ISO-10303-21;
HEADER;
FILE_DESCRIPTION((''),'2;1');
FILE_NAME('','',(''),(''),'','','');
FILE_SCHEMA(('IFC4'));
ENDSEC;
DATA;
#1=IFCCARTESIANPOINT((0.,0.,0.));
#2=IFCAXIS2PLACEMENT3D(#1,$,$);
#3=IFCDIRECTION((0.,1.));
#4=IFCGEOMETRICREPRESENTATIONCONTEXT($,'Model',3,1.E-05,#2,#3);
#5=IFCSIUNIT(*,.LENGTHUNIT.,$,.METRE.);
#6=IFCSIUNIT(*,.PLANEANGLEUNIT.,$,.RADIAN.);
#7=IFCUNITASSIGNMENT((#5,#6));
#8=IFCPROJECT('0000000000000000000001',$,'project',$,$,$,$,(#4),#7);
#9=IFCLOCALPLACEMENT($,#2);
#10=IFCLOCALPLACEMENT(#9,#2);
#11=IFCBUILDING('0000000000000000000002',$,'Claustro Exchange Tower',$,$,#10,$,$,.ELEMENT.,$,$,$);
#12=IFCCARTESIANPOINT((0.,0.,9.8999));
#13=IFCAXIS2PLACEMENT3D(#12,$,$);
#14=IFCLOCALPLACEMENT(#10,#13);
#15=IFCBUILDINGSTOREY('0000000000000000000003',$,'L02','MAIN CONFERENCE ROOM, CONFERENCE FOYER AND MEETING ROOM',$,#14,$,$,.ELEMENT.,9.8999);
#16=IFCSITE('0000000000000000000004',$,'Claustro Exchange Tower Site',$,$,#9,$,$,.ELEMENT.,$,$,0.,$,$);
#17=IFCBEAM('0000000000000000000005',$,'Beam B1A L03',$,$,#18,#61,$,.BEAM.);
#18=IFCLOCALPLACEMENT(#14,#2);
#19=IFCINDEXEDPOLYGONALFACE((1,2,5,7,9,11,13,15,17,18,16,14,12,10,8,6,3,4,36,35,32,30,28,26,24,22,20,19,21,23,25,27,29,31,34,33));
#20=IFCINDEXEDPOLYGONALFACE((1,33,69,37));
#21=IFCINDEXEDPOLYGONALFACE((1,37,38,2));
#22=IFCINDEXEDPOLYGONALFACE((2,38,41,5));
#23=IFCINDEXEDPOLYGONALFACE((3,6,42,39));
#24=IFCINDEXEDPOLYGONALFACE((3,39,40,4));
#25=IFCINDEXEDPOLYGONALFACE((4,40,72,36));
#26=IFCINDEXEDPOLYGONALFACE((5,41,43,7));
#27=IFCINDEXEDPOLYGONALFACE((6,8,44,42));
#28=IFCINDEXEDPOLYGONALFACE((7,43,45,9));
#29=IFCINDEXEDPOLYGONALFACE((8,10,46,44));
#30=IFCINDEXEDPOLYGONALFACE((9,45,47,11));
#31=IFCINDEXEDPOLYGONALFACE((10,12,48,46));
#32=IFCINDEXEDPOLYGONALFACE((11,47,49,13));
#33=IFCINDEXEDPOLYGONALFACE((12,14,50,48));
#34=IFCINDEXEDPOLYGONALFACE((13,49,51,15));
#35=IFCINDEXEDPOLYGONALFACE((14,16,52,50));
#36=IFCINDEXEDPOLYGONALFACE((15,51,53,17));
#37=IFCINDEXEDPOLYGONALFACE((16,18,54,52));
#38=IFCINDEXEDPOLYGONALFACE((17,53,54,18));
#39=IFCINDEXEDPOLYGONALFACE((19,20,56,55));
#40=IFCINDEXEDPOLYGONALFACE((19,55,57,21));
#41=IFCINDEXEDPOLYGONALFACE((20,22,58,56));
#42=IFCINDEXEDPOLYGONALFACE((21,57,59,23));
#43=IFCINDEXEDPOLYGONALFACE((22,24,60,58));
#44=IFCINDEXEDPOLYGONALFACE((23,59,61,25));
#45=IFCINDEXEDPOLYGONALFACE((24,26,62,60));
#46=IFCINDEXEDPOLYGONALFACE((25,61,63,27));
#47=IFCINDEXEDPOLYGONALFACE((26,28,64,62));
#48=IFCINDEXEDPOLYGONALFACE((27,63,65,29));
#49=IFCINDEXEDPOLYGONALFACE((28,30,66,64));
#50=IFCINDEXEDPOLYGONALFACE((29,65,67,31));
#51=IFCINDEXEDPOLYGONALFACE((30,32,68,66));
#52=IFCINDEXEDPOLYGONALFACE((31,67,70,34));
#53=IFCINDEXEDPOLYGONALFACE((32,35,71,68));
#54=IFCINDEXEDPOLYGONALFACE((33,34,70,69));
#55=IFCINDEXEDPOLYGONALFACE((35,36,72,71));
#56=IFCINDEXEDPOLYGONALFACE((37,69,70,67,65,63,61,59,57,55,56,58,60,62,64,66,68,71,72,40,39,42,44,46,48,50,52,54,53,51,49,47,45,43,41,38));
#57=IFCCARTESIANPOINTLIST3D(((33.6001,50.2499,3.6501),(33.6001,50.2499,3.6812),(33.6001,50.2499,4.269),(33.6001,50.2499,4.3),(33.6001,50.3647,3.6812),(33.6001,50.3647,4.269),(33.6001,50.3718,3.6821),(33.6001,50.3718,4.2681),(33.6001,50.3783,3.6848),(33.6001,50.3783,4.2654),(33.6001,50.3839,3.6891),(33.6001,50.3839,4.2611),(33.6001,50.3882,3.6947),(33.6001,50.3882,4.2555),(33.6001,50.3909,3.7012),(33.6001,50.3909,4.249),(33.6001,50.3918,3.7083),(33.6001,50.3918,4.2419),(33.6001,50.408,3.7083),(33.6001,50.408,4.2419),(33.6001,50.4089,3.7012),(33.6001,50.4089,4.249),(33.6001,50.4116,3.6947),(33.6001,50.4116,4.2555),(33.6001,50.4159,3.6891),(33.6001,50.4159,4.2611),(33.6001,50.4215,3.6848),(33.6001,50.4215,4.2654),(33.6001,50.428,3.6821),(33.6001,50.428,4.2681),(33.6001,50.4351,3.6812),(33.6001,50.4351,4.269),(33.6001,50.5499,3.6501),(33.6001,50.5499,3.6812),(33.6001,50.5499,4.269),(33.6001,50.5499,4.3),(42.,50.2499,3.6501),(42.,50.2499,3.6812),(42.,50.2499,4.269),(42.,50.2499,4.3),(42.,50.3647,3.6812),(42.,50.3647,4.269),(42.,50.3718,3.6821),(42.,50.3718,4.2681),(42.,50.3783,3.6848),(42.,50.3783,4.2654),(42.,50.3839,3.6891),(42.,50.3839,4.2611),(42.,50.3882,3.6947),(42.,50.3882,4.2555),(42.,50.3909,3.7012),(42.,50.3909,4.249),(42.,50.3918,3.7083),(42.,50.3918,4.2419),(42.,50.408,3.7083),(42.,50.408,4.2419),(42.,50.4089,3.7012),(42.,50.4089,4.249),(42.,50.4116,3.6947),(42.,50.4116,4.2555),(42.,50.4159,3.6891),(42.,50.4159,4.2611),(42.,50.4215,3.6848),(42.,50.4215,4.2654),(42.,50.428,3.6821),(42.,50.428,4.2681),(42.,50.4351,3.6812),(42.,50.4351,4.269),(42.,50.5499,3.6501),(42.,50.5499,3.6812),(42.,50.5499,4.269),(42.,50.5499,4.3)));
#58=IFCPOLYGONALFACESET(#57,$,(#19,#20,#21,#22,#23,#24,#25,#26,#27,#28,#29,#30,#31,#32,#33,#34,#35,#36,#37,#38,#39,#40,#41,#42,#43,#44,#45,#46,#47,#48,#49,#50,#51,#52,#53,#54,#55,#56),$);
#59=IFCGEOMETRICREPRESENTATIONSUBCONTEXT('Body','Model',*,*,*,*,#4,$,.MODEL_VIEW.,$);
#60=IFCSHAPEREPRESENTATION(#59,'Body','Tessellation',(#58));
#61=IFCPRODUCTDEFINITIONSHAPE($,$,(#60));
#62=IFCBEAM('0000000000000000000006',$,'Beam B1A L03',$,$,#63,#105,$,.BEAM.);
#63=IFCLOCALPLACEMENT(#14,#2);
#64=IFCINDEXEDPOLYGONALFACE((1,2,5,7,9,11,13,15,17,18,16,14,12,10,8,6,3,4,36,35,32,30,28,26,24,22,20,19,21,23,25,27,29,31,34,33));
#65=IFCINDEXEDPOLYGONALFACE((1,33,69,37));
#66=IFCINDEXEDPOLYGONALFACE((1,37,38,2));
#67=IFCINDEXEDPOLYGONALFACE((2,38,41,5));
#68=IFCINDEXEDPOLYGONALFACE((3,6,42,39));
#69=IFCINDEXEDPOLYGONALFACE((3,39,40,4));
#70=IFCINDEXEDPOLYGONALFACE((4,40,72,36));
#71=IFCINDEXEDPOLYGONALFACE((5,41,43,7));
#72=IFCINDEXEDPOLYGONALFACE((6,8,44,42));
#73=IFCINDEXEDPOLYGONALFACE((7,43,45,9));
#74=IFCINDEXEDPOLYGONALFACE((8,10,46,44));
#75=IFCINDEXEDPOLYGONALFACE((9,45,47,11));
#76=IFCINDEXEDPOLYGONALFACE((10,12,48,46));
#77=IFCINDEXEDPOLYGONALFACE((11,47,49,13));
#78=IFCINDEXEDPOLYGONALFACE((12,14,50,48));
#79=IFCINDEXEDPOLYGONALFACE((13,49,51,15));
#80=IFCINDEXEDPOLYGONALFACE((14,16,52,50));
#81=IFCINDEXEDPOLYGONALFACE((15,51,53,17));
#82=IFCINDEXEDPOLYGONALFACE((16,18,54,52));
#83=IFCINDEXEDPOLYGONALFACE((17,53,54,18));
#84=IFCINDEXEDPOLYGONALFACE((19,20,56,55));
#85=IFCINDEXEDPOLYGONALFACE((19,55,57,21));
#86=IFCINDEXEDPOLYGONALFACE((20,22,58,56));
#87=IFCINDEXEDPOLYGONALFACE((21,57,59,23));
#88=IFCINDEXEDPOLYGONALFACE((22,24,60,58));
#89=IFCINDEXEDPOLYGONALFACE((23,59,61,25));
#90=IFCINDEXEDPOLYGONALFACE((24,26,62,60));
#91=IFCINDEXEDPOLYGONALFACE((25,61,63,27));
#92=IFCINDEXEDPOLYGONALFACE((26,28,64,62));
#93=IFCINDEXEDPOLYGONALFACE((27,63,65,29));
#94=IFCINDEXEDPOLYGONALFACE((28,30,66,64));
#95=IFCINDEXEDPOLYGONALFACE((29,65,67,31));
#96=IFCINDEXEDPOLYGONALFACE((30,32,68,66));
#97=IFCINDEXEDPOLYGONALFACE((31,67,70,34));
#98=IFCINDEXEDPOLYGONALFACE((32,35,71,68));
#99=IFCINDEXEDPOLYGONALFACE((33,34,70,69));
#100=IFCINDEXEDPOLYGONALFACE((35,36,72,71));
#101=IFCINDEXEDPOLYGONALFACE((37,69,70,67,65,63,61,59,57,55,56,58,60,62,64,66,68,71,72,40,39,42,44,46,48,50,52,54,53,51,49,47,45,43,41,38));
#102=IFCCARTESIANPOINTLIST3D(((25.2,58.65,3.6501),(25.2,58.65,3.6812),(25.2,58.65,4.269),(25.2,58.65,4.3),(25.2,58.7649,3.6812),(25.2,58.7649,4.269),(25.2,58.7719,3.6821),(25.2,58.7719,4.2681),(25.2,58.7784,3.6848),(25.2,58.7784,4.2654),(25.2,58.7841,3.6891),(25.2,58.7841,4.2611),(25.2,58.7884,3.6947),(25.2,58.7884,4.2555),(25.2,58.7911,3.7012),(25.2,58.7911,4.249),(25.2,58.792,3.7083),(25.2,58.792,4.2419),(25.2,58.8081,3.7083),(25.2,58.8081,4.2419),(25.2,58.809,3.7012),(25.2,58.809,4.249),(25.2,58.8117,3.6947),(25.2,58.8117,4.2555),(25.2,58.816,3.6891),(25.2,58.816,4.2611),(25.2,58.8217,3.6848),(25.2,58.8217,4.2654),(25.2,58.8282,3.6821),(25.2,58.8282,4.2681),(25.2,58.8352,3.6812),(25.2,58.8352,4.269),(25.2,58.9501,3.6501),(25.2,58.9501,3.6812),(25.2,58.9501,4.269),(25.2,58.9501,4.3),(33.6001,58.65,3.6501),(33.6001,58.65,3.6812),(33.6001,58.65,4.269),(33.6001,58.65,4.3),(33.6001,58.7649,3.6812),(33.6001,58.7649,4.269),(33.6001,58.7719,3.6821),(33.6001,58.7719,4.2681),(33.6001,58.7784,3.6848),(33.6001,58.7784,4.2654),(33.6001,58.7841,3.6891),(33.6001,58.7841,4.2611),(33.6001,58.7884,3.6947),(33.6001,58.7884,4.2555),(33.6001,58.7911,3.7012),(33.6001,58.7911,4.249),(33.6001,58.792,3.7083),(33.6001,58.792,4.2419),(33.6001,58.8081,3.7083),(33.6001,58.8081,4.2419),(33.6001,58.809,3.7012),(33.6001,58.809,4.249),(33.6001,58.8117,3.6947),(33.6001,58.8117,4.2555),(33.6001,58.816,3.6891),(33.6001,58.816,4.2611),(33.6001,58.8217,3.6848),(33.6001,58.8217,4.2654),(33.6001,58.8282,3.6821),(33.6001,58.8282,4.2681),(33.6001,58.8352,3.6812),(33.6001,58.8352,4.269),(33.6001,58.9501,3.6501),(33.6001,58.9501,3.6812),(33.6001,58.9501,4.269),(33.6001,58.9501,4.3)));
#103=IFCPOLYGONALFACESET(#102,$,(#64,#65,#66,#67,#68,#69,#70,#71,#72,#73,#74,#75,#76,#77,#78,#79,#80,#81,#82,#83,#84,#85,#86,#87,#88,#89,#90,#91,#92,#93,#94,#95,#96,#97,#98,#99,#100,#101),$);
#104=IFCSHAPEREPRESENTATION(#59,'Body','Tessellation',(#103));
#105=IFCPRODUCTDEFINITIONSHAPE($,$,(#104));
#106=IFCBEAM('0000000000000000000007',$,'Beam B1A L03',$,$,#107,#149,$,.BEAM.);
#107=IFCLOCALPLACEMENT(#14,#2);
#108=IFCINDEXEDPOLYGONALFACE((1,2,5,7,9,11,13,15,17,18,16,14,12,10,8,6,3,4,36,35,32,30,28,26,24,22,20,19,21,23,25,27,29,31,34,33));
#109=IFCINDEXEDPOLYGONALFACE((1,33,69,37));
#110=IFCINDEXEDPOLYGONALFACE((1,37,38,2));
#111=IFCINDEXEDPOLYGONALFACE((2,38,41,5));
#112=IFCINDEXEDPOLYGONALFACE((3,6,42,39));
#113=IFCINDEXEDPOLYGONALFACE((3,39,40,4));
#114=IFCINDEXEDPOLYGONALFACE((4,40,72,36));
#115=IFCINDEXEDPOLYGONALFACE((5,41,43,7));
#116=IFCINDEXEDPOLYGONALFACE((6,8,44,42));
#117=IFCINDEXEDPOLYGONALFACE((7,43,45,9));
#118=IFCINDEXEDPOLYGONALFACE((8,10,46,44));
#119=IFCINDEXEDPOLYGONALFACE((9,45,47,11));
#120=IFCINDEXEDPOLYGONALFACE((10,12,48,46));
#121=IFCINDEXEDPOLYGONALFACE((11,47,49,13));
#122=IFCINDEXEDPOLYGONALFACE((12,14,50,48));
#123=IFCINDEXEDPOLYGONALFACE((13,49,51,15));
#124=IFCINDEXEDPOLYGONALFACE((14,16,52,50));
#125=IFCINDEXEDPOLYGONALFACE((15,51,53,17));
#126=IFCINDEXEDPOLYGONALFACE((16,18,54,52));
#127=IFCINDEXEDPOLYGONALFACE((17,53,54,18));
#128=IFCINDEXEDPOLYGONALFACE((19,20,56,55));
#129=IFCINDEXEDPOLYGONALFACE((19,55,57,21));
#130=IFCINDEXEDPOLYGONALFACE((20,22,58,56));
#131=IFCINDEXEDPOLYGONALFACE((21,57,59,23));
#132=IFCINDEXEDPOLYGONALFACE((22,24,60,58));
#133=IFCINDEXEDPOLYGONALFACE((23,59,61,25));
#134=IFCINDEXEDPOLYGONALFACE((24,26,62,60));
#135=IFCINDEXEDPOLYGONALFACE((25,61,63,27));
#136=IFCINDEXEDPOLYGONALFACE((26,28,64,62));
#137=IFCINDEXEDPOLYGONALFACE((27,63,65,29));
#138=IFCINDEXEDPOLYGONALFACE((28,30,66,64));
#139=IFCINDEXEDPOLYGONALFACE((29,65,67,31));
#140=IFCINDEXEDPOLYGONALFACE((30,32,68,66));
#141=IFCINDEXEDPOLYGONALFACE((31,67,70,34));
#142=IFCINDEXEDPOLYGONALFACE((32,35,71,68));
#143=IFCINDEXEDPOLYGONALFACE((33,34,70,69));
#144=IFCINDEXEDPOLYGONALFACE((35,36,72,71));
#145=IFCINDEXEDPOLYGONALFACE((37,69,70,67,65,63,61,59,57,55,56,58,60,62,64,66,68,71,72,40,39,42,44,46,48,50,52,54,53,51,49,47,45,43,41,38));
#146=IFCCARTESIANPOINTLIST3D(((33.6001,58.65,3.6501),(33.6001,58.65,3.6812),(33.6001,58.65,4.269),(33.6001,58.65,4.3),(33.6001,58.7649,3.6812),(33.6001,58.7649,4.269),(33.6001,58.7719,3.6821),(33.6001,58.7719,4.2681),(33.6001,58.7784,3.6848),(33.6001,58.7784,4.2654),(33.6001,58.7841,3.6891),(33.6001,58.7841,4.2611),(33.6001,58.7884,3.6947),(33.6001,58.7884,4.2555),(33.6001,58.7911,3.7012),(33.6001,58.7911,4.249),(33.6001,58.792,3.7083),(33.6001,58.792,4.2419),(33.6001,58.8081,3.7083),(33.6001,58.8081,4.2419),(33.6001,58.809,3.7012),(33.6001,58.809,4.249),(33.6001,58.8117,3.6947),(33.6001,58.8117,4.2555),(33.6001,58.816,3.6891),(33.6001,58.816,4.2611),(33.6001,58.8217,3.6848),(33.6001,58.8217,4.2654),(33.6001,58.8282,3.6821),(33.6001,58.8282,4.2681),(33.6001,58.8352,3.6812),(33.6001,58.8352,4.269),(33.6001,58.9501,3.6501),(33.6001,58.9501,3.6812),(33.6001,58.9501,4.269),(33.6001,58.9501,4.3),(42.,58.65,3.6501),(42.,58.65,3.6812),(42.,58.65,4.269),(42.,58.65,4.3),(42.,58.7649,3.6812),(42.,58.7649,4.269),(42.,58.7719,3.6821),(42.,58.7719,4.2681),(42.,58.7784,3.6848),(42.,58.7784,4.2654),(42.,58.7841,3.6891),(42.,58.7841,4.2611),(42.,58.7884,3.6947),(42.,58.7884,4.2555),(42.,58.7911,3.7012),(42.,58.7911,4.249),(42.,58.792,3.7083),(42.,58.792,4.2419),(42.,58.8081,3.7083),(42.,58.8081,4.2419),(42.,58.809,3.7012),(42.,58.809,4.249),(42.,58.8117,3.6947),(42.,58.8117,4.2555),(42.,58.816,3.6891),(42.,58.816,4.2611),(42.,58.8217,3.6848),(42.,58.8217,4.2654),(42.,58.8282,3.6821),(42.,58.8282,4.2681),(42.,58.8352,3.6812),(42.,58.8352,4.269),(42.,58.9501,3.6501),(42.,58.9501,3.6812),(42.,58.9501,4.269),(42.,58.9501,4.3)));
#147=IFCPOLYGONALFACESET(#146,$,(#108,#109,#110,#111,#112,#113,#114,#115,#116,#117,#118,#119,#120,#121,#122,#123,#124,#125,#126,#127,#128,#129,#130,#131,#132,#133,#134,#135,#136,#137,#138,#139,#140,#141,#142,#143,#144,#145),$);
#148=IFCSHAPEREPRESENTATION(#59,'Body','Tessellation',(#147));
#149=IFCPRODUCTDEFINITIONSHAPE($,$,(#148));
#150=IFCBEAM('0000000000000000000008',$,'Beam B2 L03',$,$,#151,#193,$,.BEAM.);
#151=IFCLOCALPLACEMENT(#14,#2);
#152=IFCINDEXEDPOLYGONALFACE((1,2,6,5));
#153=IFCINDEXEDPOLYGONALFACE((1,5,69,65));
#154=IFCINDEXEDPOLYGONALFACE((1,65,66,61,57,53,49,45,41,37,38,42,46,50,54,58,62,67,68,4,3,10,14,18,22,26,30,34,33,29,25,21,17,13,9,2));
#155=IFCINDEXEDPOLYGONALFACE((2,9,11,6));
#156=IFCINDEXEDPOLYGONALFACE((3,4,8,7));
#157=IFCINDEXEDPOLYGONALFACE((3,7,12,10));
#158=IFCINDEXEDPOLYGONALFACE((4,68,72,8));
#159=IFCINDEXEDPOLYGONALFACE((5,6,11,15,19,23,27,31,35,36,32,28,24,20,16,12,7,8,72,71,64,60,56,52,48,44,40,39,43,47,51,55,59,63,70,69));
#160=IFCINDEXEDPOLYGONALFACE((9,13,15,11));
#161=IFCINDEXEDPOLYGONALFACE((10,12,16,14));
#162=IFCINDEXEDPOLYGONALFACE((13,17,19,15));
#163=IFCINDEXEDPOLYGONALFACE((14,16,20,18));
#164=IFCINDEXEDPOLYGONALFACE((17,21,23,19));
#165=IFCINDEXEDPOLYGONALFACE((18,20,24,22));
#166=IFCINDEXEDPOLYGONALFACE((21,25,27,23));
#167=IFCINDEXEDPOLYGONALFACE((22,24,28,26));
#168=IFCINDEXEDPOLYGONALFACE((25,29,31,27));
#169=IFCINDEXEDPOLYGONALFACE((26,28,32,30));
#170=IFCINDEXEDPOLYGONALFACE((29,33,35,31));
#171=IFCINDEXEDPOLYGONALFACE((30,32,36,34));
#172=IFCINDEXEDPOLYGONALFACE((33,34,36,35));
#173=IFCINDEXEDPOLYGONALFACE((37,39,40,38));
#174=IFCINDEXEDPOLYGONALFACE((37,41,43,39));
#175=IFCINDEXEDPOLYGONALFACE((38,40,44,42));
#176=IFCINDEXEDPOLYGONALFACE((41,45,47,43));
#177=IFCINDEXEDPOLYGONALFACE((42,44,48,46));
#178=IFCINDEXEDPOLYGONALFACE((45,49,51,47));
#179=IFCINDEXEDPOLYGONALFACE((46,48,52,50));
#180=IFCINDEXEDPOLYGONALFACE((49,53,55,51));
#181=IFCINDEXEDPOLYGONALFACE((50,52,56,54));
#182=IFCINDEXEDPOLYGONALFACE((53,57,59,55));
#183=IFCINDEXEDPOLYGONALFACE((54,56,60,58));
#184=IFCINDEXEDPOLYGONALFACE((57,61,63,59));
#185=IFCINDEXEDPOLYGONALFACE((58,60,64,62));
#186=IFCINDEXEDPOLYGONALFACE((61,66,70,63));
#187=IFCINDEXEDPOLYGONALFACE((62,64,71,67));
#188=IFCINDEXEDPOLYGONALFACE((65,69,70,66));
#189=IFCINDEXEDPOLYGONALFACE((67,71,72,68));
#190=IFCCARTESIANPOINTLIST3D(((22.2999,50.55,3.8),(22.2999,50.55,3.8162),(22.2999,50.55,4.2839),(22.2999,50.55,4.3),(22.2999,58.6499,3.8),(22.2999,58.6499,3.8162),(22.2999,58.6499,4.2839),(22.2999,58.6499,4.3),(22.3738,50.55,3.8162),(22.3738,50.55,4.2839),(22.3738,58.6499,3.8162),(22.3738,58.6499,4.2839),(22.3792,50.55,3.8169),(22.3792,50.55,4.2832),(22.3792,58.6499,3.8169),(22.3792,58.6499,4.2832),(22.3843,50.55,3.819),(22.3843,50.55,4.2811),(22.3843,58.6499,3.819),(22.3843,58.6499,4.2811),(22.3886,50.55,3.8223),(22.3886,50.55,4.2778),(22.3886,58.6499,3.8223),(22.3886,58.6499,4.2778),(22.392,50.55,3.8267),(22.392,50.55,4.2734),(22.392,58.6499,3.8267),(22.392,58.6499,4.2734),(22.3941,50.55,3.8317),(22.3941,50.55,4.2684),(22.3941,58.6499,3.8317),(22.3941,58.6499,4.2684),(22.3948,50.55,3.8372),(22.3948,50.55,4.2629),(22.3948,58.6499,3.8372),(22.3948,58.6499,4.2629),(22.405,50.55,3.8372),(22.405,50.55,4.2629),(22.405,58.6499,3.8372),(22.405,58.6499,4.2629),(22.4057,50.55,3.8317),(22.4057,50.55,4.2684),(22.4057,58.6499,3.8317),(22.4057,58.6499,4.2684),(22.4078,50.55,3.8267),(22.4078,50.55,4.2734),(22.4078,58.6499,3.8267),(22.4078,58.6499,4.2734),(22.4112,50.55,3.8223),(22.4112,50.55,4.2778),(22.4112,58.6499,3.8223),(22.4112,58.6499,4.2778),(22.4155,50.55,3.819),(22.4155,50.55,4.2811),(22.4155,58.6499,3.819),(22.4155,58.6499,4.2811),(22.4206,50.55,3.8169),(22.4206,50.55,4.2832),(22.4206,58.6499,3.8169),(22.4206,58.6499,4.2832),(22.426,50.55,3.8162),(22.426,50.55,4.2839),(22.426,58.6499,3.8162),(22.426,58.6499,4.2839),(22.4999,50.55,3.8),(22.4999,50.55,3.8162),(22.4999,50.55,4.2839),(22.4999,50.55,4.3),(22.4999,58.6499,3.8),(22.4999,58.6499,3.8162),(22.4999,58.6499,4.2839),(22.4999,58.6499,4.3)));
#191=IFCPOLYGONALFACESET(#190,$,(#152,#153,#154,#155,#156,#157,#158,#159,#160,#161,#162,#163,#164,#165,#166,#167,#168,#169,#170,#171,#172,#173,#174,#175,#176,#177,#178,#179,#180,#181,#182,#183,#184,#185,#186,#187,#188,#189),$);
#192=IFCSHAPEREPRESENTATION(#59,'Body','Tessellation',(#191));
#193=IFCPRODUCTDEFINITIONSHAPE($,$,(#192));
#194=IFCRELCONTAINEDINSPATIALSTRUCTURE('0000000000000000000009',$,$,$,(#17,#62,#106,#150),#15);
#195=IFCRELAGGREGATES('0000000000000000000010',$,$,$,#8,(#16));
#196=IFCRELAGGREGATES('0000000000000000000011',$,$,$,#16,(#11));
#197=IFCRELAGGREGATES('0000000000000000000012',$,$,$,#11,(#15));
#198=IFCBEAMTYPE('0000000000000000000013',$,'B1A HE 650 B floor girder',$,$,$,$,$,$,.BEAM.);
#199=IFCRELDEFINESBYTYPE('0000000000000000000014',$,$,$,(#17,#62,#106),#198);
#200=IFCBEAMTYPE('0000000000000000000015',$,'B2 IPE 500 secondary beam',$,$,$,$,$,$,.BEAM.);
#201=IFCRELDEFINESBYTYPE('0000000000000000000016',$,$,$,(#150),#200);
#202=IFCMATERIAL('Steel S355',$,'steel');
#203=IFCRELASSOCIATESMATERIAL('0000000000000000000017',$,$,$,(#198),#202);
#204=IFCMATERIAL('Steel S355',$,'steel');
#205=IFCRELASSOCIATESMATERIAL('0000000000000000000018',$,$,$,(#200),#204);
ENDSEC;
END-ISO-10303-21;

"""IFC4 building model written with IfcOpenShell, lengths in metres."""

from ifc_helpers import new_model, si_unit, direction, frame, origin, origin_2d, place, context, subcontext, project, spatial, i_section, extrude, material, material_profile, profile_set, type_object, element, save


model = new_model("IFC4")

# Units and contexts
model_context = context("Model", 3, precision=1e-05, world=origin(), true_north=direction((0.0, 1.0)))
body_context = subcontext(model_context, "Body", "Model", "MODEL_VIEW")
ifc_project = project(units=[si_unit("LENGTHUNIT", "METRE"), si_unit("PLANEANGLEUNIT", "RADIAN")], contexts=[model_context])

# Site, building, storey
site_placement = place(None, origin())
site = spatial("IfcSite", under=ifc_project, at=site_placement, Name="Claustro Exchange Tower Site", CompositionType="ELEMENT", RefElevation=0.0)
building_placement = place(site_placement, origin())
building = spatial("IfcBuilding", under=site, at=building_placement, Name="Claustro Exchange Tower", CompositionType="ELEMENT")
storey_placement = place(building_placement, frame((0.0, 0.0, 9.8999)))
storey = spatial("IfcBuildingStorey", under=building, at=storey_placement, Name="L02", Description="MAIN CONFERENCE ROOM, CONFERENCE FOYER AND MEETING ROOM", CompositionType="ELEMENT", Elevation=9.8999)

# Beams
ifc_material_1 = material(Name="Steel S355", Category="steel")
ifc_material_profile_1 = material_profile(ifc_material_1, i_section(OverallWidth=0.3, OverallDepth=0.6499, WebThickness=0.0161, FlangeThickness=0.031, FilletRadius=0.0271, at=origin_2d()), Name="HE 650 B")
ifc_profile_set_1 = profile_set([ifc_material_profile_1], Name="Steel S355")
beam_type_1 = type_object("IfcBeamType", Name="B1A HE 650 B floor girder", PredefinedType="BEAM", material=ifc_profile_set_1)
beam_1_placement = place(storey_placement, frame((33.6001, 50.3999, 3.9751), z_axis=(1.0, 0.0, 0.0), x_axis=(0.0, 1.0, 0.0)))
element("IfcBeam", 1, at=beam_1_placement, inside=storey, type_object=beam_type_1, Name="Beam B1A L03", PredefinedType="BEAM", context=body_context, shape_type="SweptSolid", body=[
    extrude(i_section(OverallWidth=0.3, OverallDepth=0.6499, WebThickness=0.0161, FlangeThickness=0.031, FilletRadius=0.0271, at=origin_2d()), origin(), (0.0, 0.0, 1.0), 8.3999),
])
beam_2_placement = place(storey_placement, frame((25.2, 58.8, 3.9751), z_axis=(1.0, 0.0, 0.0), x_axis=(0.0, 1.0, 0.0)))
element("IfcBeam", 2, at=beam_2_placement, inside=storey, type_object=beam_type_1, Name="Beam B1A L03", PredefinedType="BEAM", context=body_context, shape_type="SweptSolid", body=[
    extrude(i_section(OverallWidth=0.3, OverallDepth=0.6499, WebThickness=0.0161, FlangeThickness=0.031, FilletRadius=0.0271, at=origin_2d()), origin(), (0.0, 0.0, 1.0), 8.4001),
])
beam_3_placement = place(storey_placement, frame((33.6001, 58.8, 3.9751), z_axis=(1.0, 0.0, 0.0), x_axis=(0.0, 1.0, 0.0)))
element("IfcBeam", 3, at=beam_3_placement, inside=storey, type_object=beam_type_1, Name="Beam B1A L03", PredefinedType="BEAM", context=body_context, shape_type="SweptSolid", body=[
    extrude(i_section(OverallWidth=0.3, OverallDepth=0.6499, WebThickness=0.0161, FlangeThickness=0.031, FilletRadius=0.0271, at=origin_2d()), origin(), (0.0, 0.0, 1.0), 8.3999),
])
ifc_material_2 = material(Name="Steel S355", Category="steel")
ifc_material_profile_2 = material_profile(ifc_material_2, i_section(OverallWidth=0.2, OverallDepth=0.5, WebThickness=0.0103, FlangeThickness=0.0161, FilletRadius=0.021, at=origin_2d()), Name="IPE 500")
ifc_profile_set_2 = profile_set([ifc_material_profile_2], Name="Steel S355")
beam_type_2 = type_object("IfcBeamType", Name="B2 IPE 500 secondary beam", PredefinedType="BEAM", material=ifc_profile_set_2)
for number, where, z_axis, x_axis, name in (
    (4, (22.3999, 50.55, 4.05), (0.0, 1.0, 0.0), (-1.0, 0.0, 0.0), "Beam B2 L03"),
):
    element("IfcBeam", number, at=place(storey_placement, frame(where, z_axis=z_axis, x_axis=x_axis)), inside=storey, type_object=beam_type_2, Name=name, PredefinedType="BEAM", context=body_context, shape_type="SweptSolid", body=[
        extrude(i_section(OverallWidth=0.2, OverallDepth=0.5, WebThickness=0.0103, FlangeThickness=0.0161, FilletRadius=0.021, at=origin_2d()), origin(), (0.0, 0.0, 1.0), 8.0999),
    ])

save(model, "model.ifc")
